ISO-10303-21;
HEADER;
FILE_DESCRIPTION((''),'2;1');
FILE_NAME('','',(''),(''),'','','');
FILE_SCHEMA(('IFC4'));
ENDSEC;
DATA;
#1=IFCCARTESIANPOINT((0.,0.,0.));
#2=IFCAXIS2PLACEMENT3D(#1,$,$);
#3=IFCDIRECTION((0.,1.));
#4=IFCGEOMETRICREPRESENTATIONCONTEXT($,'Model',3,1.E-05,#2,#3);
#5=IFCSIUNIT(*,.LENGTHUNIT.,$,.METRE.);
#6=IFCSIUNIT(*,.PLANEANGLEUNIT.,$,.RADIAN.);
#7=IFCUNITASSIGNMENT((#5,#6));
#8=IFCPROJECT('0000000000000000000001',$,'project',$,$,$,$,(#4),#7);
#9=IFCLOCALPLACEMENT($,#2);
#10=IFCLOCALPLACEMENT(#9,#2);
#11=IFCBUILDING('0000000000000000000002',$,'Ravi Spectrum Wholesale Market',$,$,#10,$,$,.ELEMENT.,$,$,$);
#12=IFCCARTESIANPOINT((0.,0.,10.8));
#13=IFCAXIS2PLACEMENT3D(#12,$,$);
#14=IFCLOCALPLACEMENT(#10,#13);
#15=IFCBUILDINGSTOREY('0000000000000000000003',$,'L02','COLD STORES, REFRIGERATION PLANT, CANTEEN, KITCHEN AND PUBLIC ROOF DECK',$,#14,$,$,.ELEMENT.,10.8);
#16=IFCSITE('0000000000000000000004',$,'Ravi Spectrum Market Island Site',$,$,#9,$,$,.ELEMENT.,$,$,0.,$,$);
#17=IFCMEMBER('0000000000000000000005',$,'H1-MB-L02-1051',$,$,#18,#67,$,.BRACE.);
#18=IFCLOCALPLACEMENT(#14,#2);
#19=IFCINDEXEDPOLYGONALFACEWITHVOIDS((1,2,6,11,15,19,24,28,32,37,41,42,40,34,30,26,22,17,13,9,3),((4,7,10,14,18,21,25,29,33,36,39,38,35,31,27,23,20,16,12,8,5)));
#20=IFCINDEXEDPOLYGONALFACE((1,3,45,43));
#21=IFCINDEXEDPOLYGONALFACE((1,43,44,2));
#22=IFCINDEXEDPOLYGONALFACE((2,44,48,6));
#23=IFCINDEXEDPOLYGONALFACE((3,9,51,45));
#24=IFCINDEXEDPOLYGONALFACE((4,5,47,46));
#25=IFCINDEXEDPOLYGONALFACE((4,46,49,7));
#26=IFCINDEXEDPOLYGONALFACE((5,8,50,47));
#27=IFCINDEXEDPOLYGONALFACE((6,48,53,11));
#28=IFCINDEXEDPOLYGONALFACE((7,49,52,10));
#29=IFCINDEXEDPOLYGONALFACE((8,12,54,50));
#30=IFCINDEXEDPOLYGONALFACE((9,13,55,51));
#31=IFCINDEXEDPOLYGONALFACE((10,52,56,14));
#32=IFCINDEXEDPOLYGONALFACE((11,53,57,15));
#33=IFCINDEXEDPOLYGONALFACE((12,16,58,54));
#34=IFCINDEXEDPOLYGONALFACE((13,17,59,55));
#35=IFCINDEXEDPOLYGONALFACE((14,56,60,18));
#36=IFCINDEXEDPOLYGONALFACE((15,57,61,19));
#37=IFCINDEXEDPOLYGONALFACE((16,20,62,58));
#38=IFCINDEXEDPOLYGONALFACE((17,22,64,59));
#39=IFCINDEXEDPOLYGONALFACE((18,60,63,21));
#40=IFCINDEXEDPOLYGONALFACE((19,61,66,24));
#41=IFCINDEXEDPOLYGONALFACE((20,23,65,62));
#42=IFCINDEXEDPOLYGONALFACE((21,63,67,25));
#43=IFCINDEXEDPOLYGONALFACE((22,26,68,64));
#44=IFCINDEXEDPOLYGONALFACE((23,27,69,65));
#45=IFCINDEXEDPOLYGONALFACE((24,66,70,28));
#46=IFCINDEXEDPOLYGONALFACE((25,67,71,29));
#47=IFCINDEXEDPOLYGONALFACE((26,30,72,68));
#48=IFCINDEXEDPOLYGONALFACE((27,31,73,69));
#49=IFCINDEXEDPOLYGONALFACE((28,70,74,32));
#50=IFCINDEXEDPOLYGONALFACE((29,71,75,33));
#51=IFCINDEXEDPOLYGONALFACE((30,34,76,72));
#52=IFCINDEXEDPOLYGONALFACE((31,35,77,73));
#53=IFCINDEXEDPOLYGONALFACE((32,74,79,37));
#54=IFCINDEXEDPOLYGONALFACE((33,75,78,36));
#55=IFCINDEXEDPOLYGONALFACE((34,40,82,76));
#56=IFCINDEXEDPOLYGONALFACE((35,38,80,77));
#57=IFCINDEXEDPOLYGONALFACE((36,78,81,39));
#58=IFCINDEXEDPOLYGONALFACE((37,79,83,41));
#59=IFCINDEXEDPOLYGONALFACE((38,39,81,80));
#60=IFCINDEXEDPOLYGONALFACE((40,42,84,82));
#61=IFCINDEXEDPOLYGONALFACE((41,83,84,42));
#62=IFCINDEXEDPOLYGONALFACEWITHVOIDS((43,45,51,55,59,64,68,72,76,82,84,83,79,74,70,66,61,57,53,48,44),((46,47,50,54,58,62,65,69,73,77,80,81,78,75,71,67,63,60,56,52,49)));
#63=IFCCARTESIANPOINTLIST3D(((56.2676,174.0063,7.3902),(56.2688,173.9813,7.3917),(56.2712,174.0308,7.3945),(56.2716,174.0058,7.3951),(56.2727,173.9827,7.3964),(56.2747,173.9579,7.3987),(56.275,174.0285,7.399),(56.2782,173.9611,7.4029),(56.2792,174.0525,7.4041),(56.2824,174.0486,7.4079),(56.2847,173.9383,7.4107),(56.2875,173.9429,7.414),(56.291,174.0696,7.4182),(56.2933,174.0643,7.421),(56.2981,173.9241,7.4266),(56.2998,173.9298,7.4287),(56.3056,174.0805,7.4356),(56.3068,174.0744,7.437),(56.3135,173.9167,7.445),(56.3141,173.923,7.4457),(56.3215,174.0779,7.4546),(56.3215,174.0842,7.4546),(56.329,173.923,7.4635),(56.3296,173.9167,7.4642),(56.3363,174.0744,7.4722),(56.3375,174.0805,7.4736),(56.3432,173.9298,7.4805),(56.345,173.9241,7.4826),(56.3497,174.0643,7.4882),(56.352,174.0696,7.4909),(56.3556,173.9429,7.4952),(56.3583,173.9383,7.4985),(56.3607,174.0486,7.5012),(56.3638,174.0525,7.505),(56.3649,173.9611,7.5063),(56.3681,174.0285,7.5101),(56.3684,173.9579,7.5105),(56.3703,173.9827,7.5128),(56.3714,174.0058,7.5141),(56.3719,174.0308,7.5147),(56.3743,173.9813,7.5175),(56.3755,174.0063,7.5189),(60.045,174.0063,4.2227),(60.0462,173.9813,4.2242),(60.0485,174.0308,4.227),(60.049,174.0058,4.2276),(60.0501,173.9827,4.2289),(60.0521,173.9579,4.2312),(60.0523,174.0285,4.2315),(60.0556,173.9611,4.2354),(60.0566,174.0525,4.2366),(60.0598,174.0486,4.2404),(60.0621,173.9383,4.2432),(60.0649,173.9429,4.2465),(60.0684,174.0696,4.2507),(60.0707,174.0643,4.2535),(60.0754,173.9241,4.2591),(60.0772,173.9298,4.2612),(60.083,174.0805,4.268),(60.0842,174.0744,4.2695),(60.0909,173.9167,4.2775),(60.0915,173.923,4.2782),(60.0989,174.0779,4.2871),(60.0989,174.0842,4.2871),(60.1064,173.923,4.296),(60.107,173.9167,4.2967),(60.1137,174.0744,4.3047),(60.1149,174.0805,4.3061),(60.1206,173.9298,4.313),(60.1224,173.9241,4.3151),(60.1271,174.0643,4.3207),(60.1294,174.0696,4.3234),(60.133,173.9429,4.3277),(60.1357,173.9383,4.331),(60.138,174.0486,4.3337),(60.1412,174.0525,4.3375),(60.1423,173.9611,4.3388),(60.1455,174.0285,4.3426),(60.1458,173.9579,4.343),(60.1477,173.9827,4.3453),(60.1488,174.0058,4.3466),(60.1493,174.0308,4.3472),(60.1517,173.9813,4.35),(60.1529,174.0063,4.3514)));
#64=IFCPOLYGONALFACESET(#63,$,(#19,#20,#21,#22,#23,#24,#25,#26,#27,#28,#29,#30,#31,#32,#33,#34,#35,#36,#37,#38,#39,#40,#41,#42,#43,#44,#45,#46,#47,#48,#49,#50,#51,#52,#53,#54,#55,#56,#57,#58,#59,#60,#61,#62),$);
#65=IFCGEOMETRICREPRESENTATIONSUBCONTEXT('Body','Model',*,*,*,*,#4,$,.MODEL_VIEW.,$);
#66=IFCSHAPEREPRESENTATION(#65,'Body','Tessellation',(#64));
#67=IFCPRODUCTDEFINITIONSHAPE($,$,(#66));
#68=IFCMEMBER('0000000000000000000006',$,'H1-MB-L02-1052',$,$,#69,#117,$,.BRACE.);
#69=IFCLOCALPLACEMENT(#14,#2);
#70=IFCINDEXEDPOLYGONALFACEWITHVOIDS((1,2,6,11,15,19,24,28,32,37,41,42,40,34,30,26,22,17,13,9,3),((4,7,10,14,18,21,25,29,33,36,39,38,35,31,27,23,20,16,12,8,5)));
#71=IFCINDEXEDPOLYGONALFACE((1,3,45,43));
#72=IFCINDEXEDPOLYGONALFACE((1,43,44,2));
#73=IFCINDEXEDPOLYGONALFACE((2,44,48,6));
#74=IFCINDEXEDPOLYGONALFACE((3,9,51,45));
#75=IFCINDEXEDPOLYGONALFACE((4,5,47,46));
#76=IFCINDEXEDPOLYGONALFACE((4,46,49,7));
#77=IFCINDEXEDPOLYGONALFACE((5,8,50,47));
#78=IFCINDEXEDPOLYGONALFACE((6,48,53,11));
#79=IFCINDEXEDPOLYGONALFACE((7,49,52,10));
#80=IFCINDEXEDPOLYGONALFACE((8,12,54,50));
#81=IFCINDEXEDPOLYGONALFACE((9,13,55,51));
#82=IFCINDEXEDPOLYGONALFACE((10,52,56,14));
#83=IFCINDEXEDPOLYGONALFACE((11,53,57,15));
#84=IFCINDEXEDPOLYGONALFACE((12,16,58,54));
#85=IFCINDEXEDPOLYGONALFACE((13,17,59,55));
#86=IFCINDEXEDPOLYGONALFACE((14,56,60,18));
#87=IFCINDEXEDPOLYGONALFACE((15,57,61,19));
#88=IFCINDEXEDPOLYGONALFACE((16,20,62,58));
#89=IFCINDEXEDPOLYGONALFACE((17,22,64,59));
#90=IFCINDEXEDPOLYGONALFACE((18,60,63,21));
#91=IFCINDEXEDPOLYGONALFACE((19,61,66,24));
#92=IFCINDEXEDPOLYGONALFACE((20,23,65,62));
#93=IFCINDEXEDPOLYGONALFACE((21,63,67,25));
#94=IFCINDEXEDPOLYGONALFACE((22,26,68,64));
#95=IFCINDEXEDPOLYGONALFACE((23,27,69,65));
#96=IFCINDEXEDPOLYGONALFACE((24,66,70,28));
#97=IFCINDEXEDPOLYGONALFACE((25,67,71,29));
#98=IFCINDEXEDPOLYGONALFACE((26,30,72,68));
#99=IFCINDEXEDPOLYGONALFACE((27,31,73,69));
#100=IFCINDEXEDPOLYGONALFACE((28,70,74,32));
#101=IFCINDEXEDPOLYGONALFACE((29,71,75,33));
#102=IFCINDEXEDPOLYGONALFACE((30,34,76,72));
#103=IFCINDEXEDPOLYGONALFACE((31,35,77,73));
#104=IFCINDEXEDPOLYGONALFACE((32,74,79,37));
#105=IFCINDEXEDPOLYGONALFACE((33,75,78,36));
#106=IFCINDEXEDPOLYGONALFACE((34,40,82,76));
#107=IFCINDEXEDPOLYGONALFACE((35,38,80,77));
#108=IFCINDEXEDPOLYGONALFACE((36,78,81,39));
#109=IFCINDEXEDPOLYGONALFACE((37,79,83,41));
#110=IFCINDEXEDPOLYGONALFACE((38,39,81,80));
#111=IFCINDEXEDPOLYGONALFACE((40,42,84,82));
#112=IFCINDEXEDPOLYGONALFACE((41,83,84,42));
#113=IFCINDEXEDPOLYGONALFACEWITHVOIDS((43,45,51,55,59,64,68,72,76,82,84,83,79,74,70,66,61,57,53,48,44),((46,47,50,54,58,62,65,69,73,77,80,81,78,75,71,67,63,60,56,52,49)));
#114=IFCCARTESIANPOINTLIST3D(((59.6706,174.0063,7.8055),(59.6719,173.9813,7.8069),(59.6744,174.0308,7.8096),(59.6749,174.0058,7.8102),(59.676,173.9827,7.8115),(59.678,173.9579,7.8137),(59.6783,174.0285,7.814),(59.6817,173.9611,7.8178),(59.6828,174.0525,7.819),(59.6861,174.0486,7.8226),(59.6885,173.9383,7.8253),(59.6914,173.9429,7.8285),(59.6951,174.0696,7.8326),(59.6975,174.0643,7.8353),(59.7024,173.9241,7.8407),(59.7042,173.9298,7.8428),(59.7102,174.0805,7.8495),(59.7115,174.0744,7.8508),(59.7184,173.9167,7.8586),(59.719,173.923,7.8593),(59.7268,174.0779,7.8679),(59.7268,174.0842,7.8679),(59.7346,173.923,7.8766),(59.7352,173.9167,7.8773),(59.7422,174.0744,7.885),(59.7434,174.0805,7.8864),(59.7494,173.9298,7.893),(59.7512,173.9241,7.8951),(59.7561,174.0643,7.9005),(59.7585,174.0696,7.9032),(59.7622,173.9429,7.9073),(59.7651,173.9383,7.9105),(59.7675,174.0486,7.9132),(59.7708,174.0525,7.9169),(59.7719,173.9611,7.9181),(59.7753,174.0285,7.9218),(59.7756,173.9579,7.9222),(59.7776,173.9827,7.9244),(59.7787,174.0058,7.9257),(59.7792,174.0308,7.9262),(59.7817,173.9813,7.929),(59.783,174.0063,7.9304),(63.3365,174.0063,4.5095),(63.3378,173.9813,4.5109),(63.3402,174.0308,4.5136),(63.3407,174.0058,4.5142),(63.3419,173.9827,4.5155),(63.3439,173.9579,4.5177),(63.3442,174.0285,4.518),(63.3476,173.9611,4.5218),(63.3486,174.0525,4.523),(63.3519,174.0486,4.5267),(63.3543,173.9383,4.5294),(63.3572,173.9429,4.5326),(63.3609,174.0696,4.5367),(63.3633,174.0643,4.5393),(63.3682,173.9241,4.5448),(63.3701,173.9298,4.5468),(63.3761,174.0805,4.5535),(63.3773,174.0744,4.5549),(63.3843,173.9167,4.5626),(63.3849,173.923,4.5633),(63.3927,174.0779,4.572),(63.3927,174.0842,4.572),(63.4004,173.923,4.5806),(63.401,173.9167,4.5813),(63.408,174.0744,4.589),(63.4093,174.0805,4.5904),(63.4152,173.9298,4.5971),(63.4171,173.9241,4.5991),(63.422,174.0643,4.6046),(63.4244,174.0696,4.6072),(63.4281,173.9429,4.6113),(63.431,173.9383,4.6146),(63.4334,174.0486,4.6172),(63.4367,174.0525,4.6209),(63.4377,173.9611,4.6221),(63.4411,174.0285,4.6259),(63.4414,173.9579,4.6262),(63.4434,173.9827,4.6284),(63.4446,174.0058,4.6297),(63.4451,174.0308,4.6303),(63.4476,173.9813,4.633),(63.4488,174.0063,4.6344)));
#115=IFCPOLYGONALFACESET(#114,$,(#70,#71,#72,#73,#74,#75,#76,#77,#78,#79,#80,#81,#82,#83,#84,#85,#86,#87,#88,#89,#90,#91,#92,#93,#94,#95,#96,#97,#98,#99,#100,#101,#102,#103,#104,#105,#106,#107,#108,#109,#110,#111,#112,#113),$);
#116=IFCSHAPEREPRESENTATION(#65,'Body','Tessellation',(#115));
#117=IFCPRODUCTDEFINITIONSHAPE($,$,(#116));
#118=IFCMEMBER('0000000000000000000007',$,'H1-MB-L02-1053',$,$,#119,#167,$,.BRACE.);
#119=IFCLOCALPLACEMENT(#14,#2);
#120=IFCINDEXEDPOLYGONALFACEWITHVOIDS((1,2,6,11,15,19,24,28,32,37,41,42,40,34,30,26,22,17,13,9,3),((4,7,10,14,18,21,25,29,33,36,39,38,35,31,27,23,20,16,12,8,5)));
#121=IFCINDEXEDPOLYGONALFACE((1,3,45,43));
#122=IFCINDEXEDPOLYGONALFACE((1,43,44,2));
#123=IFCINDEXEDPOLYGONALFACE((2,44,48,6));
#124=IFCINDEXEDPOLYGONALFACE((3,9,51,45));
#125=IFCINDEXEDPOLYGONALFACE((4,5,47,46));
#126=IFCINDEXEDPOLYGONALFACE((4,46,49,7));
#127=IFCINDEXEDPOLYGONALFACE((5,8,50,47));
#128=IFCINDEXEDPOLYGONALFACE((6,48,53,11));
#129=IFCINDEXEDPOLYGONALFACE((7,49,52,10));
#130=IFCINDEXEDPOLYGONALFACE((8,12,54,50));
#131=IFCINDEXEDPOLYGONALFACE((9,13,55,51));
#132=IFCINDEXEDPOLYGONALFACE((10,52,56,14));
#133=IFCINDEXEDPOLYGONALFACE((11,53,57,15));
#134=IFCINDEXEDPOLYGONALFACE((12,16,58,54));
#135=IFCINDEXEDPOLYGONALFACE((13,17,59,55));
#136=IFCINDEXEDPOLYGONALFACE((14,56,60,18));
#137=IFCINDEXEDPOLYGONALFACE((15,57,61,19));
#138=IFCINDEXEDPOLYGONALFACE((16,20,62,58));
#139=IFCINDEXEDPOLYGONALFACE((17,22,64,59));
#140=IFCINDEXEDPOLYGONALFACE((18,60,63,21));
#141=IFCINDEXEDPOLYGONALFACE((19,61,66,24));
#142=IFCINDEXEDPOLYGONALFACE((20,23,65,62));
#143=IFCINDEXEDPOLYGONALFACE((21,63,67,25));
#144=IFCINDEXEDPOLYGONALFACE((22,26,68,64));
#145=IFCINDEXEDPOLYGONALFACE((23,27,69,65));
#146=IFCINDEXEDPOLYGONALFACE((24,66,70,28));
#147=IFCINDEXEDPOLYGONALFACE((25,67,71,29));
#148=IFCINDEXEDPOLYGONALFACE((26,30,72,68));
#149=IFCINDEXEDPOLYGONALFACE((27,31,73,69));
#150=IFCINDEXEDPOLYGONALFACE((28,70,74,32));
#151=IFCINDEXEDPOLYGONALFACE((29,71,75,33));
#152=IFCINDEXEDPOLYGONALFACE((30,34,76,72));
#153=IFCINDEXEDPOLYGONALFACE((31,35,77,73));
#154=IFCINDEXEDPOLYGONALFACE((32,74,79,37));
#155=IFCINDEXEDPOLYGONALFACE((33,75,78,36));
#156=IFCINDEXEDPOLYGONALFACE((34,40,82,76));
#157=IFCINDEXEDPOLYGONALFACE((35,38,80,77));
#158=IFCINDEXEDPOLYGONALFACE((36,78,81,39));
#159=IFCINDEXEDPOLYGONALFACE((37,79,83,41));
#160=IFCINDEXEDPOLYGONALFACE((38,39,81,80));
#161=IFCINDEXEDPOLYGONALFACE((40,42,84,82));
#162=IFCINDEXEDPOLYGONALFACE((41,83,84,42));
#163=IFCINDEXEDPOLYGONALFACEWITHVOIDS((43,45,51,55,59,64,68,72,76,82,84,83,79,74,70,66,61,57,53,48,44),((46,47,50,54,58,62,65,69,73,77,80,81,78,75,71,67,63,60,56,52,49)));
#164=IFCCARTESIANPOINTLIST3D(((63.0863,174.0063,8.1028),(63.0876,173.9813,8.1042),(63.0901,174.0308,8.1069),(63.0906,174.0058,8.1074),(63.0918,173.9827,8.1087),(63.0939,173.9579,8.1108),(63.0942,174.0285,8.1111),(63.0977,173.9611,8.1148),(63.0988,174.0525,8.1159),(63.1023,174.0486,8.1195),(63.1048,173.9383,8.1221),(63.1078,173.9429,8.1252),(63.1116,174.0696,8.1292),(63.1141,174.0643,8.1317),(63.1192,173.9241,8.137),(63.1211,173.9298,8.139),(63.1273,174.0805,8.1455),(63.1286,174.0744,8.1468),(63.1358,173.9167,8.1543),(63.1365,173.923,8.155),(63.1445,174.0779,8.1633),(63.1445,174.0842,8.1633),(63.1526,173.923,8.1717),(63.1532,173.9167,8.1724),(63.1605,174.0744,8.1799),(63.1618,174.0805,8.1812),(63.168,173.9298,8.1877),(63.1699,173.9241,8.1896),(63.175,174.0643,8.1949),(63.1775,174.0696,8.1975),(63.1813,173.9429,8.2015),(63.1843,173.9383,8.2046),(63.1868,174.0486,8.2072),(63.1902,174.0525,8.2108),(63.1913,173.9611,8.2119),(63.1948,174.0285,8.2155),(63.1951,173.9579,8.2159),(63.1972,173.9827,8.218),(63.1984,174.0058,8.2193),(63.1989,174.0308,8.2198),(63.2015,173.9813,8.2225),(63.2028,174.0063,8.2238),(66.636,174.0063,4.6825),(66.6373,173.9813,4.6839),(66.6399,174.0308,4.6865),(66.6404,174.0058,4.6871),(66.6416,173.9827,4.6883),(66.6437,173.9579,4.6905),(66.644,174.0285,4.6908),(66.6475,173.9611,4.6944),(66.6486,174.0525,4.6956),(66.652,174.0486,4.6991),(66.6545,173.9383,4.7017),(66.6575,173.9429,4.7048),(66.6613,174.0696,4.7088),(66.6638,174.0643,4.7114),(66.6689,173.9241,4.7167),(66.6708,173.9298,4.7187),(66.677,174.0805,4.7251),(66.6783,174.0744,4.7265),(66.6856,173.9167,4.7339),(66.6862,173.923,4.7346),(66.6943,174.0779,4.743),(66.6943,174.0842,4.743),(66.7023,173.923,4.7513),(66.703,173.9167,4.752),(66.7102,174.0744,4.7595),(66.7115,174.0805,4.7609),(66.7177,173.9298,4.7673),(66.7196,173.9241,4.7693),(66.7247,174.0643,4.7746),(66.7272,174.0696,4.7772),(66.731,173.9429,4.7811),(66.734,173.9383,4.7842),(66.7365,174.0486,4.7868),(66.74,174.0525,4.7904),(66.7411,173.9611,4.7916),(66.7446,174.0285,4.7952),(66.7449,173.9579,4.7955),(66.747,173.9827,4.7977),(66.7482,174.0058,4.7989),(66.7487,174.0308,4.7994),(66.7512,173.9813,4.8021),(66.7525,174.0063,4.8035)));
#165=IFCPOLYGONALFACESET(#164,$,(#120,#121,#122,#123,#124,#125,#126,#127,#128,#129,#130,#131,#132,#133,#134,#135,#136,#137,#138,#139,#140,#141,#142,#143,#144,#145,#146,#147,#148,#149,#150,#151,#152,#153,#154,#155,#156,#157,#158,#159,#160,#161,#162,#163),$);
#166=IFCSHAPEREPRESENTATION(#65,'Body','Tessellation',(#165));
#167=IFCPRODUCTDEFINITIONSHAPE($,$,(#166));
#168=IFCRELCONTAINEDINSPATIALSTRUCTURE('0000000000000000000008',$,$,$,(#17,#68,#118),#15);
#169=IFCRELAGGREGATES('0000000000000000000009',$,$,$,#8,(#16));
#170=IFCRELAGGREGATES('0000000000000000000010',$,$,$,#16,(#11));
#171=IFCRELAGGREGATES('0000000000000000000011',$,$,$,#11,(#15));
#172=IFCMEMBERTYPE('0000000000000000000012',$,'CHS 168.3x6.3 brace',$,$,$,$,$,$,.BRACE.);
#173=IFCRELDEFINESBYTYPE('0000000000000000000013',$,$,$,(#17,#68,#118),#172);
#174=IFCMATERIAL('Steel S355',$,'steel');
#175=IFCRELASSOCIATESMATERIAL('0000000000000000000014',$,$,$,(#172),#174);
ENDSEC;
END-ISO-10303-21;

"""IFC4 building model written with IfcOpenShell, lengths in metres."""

from ifc_helpers import new_model, si_unit, direction, frame, origin, origin_2d, place, context, subcontext, project, spatial, hollow_circle, extrude, material, material_profile, profile_set, type_object, element, save


model = new_model("IFC4")

# Units and contexts
model_context = context("Model", 3, precision=1e-05, world=origin(), true_north=direction((0.0, 1.0)))
body_context = subcontext(model_context, "Body", "Model", "MODEL_VIEW")
ifc_project = project(units=[si_unit("LENGTHUNIT", "METRE"), si_unit("PLANEANGLEUNIT", "RADIAN")], contexts=[model_context])

# Site, building, storey
site_placement = place(None, origin())
site = spatial("IfcSite", under=ifc_project, at=site_placement, Name="Ravi Spectrum Market Island Site", CompositionType="ELEMENT", RefElevation=0.0)
building_placement = place(site_placement, origin())
building = spatial("IfcBuilding", under=site, at=building_placement, Name="Ravi Spectrum Wholesale Market", CompositionType="ELEMENT")
storey_placement = place(building_placement, frame((0.0, 0.0, 10.8)))
storey = spatial("IfcBuildingStorey", under=building, at=storey_placement, Name="L02", Description="COLD STORES, REFRIGERATION PLANT, CANTEEN, KITCHEN AND PUBLIC ROOF DECK", CompositionType="ELEMENT", Elevation=10.8)

# Members
ifc_material_1 = material(Name="Steel S355", Category="steel")
ifc_material_profile_1 = material_profile(ifc_material_1, hollow_circle(Radius=0.0842, WallThickness=0.0063, at=origin_2d()))
ifc_profile_set_1 = profile_set([ifc_material_profile_1], Name="Steel S355")
member_type_1 = type_object("IfcMemberType", Name="CHS 168.3x6.3 brace", PredefinedType="BRACE", material=ifc_profile_set_1)
for number, where, z_axis, x_axis, name in (
    (1, (56.3215, 174.0, 7.4546), (0.766253, 0.0, -0.642539), (0.0, 1.0, 0.0), "H1-MB-L02-1051"),
    (2, (59.7268, 174.0, 7.8679), (0.743627, 0.0, -0.668595), (0.0, 1.0, 0.0), "H1-MB-L02-1052"),
):
    element("IfcMember", number, at=place(storey_placement, frame(where, z_axis=z_axis, x_axis=x_axis)), inside=storey, type_object=member_type_1, Name=name, PredefinedType="BRACE", context=body_context, shape_type="SweptSolid", body=[
        extrude(hollow_circle(Radius=0.0842, WallThickness=0.0063, at=origin_2d()), origin(), (0.0, 0.0, 1.0), 4.9297),
    ])
for number, where, z_axis, x_axis, name in (
    (3, (63.1445, 174.0, 8.1633), (0.720109, 0.0, -0.693861), (0.0, 1.0, 0.0), "H1-MB-L02-1053"),
):
    element("IfcMember", number, at=place(storey_placement, frame(where, z_axis=z_axis, x_axis=x_axis)), inside=storey, type_object=member_type_1, Name=name, PredefinedType="BRACE", context=body_context, shape_type="SweptSolid", body=[
        extrude(hollow_circle(Radius=0.0842, WallThickness=0.0063, at=origin_2d()), origin(), (0.0, 0.0, 1.0), 4.9294),
    ])

save(model, "model.ifc")
